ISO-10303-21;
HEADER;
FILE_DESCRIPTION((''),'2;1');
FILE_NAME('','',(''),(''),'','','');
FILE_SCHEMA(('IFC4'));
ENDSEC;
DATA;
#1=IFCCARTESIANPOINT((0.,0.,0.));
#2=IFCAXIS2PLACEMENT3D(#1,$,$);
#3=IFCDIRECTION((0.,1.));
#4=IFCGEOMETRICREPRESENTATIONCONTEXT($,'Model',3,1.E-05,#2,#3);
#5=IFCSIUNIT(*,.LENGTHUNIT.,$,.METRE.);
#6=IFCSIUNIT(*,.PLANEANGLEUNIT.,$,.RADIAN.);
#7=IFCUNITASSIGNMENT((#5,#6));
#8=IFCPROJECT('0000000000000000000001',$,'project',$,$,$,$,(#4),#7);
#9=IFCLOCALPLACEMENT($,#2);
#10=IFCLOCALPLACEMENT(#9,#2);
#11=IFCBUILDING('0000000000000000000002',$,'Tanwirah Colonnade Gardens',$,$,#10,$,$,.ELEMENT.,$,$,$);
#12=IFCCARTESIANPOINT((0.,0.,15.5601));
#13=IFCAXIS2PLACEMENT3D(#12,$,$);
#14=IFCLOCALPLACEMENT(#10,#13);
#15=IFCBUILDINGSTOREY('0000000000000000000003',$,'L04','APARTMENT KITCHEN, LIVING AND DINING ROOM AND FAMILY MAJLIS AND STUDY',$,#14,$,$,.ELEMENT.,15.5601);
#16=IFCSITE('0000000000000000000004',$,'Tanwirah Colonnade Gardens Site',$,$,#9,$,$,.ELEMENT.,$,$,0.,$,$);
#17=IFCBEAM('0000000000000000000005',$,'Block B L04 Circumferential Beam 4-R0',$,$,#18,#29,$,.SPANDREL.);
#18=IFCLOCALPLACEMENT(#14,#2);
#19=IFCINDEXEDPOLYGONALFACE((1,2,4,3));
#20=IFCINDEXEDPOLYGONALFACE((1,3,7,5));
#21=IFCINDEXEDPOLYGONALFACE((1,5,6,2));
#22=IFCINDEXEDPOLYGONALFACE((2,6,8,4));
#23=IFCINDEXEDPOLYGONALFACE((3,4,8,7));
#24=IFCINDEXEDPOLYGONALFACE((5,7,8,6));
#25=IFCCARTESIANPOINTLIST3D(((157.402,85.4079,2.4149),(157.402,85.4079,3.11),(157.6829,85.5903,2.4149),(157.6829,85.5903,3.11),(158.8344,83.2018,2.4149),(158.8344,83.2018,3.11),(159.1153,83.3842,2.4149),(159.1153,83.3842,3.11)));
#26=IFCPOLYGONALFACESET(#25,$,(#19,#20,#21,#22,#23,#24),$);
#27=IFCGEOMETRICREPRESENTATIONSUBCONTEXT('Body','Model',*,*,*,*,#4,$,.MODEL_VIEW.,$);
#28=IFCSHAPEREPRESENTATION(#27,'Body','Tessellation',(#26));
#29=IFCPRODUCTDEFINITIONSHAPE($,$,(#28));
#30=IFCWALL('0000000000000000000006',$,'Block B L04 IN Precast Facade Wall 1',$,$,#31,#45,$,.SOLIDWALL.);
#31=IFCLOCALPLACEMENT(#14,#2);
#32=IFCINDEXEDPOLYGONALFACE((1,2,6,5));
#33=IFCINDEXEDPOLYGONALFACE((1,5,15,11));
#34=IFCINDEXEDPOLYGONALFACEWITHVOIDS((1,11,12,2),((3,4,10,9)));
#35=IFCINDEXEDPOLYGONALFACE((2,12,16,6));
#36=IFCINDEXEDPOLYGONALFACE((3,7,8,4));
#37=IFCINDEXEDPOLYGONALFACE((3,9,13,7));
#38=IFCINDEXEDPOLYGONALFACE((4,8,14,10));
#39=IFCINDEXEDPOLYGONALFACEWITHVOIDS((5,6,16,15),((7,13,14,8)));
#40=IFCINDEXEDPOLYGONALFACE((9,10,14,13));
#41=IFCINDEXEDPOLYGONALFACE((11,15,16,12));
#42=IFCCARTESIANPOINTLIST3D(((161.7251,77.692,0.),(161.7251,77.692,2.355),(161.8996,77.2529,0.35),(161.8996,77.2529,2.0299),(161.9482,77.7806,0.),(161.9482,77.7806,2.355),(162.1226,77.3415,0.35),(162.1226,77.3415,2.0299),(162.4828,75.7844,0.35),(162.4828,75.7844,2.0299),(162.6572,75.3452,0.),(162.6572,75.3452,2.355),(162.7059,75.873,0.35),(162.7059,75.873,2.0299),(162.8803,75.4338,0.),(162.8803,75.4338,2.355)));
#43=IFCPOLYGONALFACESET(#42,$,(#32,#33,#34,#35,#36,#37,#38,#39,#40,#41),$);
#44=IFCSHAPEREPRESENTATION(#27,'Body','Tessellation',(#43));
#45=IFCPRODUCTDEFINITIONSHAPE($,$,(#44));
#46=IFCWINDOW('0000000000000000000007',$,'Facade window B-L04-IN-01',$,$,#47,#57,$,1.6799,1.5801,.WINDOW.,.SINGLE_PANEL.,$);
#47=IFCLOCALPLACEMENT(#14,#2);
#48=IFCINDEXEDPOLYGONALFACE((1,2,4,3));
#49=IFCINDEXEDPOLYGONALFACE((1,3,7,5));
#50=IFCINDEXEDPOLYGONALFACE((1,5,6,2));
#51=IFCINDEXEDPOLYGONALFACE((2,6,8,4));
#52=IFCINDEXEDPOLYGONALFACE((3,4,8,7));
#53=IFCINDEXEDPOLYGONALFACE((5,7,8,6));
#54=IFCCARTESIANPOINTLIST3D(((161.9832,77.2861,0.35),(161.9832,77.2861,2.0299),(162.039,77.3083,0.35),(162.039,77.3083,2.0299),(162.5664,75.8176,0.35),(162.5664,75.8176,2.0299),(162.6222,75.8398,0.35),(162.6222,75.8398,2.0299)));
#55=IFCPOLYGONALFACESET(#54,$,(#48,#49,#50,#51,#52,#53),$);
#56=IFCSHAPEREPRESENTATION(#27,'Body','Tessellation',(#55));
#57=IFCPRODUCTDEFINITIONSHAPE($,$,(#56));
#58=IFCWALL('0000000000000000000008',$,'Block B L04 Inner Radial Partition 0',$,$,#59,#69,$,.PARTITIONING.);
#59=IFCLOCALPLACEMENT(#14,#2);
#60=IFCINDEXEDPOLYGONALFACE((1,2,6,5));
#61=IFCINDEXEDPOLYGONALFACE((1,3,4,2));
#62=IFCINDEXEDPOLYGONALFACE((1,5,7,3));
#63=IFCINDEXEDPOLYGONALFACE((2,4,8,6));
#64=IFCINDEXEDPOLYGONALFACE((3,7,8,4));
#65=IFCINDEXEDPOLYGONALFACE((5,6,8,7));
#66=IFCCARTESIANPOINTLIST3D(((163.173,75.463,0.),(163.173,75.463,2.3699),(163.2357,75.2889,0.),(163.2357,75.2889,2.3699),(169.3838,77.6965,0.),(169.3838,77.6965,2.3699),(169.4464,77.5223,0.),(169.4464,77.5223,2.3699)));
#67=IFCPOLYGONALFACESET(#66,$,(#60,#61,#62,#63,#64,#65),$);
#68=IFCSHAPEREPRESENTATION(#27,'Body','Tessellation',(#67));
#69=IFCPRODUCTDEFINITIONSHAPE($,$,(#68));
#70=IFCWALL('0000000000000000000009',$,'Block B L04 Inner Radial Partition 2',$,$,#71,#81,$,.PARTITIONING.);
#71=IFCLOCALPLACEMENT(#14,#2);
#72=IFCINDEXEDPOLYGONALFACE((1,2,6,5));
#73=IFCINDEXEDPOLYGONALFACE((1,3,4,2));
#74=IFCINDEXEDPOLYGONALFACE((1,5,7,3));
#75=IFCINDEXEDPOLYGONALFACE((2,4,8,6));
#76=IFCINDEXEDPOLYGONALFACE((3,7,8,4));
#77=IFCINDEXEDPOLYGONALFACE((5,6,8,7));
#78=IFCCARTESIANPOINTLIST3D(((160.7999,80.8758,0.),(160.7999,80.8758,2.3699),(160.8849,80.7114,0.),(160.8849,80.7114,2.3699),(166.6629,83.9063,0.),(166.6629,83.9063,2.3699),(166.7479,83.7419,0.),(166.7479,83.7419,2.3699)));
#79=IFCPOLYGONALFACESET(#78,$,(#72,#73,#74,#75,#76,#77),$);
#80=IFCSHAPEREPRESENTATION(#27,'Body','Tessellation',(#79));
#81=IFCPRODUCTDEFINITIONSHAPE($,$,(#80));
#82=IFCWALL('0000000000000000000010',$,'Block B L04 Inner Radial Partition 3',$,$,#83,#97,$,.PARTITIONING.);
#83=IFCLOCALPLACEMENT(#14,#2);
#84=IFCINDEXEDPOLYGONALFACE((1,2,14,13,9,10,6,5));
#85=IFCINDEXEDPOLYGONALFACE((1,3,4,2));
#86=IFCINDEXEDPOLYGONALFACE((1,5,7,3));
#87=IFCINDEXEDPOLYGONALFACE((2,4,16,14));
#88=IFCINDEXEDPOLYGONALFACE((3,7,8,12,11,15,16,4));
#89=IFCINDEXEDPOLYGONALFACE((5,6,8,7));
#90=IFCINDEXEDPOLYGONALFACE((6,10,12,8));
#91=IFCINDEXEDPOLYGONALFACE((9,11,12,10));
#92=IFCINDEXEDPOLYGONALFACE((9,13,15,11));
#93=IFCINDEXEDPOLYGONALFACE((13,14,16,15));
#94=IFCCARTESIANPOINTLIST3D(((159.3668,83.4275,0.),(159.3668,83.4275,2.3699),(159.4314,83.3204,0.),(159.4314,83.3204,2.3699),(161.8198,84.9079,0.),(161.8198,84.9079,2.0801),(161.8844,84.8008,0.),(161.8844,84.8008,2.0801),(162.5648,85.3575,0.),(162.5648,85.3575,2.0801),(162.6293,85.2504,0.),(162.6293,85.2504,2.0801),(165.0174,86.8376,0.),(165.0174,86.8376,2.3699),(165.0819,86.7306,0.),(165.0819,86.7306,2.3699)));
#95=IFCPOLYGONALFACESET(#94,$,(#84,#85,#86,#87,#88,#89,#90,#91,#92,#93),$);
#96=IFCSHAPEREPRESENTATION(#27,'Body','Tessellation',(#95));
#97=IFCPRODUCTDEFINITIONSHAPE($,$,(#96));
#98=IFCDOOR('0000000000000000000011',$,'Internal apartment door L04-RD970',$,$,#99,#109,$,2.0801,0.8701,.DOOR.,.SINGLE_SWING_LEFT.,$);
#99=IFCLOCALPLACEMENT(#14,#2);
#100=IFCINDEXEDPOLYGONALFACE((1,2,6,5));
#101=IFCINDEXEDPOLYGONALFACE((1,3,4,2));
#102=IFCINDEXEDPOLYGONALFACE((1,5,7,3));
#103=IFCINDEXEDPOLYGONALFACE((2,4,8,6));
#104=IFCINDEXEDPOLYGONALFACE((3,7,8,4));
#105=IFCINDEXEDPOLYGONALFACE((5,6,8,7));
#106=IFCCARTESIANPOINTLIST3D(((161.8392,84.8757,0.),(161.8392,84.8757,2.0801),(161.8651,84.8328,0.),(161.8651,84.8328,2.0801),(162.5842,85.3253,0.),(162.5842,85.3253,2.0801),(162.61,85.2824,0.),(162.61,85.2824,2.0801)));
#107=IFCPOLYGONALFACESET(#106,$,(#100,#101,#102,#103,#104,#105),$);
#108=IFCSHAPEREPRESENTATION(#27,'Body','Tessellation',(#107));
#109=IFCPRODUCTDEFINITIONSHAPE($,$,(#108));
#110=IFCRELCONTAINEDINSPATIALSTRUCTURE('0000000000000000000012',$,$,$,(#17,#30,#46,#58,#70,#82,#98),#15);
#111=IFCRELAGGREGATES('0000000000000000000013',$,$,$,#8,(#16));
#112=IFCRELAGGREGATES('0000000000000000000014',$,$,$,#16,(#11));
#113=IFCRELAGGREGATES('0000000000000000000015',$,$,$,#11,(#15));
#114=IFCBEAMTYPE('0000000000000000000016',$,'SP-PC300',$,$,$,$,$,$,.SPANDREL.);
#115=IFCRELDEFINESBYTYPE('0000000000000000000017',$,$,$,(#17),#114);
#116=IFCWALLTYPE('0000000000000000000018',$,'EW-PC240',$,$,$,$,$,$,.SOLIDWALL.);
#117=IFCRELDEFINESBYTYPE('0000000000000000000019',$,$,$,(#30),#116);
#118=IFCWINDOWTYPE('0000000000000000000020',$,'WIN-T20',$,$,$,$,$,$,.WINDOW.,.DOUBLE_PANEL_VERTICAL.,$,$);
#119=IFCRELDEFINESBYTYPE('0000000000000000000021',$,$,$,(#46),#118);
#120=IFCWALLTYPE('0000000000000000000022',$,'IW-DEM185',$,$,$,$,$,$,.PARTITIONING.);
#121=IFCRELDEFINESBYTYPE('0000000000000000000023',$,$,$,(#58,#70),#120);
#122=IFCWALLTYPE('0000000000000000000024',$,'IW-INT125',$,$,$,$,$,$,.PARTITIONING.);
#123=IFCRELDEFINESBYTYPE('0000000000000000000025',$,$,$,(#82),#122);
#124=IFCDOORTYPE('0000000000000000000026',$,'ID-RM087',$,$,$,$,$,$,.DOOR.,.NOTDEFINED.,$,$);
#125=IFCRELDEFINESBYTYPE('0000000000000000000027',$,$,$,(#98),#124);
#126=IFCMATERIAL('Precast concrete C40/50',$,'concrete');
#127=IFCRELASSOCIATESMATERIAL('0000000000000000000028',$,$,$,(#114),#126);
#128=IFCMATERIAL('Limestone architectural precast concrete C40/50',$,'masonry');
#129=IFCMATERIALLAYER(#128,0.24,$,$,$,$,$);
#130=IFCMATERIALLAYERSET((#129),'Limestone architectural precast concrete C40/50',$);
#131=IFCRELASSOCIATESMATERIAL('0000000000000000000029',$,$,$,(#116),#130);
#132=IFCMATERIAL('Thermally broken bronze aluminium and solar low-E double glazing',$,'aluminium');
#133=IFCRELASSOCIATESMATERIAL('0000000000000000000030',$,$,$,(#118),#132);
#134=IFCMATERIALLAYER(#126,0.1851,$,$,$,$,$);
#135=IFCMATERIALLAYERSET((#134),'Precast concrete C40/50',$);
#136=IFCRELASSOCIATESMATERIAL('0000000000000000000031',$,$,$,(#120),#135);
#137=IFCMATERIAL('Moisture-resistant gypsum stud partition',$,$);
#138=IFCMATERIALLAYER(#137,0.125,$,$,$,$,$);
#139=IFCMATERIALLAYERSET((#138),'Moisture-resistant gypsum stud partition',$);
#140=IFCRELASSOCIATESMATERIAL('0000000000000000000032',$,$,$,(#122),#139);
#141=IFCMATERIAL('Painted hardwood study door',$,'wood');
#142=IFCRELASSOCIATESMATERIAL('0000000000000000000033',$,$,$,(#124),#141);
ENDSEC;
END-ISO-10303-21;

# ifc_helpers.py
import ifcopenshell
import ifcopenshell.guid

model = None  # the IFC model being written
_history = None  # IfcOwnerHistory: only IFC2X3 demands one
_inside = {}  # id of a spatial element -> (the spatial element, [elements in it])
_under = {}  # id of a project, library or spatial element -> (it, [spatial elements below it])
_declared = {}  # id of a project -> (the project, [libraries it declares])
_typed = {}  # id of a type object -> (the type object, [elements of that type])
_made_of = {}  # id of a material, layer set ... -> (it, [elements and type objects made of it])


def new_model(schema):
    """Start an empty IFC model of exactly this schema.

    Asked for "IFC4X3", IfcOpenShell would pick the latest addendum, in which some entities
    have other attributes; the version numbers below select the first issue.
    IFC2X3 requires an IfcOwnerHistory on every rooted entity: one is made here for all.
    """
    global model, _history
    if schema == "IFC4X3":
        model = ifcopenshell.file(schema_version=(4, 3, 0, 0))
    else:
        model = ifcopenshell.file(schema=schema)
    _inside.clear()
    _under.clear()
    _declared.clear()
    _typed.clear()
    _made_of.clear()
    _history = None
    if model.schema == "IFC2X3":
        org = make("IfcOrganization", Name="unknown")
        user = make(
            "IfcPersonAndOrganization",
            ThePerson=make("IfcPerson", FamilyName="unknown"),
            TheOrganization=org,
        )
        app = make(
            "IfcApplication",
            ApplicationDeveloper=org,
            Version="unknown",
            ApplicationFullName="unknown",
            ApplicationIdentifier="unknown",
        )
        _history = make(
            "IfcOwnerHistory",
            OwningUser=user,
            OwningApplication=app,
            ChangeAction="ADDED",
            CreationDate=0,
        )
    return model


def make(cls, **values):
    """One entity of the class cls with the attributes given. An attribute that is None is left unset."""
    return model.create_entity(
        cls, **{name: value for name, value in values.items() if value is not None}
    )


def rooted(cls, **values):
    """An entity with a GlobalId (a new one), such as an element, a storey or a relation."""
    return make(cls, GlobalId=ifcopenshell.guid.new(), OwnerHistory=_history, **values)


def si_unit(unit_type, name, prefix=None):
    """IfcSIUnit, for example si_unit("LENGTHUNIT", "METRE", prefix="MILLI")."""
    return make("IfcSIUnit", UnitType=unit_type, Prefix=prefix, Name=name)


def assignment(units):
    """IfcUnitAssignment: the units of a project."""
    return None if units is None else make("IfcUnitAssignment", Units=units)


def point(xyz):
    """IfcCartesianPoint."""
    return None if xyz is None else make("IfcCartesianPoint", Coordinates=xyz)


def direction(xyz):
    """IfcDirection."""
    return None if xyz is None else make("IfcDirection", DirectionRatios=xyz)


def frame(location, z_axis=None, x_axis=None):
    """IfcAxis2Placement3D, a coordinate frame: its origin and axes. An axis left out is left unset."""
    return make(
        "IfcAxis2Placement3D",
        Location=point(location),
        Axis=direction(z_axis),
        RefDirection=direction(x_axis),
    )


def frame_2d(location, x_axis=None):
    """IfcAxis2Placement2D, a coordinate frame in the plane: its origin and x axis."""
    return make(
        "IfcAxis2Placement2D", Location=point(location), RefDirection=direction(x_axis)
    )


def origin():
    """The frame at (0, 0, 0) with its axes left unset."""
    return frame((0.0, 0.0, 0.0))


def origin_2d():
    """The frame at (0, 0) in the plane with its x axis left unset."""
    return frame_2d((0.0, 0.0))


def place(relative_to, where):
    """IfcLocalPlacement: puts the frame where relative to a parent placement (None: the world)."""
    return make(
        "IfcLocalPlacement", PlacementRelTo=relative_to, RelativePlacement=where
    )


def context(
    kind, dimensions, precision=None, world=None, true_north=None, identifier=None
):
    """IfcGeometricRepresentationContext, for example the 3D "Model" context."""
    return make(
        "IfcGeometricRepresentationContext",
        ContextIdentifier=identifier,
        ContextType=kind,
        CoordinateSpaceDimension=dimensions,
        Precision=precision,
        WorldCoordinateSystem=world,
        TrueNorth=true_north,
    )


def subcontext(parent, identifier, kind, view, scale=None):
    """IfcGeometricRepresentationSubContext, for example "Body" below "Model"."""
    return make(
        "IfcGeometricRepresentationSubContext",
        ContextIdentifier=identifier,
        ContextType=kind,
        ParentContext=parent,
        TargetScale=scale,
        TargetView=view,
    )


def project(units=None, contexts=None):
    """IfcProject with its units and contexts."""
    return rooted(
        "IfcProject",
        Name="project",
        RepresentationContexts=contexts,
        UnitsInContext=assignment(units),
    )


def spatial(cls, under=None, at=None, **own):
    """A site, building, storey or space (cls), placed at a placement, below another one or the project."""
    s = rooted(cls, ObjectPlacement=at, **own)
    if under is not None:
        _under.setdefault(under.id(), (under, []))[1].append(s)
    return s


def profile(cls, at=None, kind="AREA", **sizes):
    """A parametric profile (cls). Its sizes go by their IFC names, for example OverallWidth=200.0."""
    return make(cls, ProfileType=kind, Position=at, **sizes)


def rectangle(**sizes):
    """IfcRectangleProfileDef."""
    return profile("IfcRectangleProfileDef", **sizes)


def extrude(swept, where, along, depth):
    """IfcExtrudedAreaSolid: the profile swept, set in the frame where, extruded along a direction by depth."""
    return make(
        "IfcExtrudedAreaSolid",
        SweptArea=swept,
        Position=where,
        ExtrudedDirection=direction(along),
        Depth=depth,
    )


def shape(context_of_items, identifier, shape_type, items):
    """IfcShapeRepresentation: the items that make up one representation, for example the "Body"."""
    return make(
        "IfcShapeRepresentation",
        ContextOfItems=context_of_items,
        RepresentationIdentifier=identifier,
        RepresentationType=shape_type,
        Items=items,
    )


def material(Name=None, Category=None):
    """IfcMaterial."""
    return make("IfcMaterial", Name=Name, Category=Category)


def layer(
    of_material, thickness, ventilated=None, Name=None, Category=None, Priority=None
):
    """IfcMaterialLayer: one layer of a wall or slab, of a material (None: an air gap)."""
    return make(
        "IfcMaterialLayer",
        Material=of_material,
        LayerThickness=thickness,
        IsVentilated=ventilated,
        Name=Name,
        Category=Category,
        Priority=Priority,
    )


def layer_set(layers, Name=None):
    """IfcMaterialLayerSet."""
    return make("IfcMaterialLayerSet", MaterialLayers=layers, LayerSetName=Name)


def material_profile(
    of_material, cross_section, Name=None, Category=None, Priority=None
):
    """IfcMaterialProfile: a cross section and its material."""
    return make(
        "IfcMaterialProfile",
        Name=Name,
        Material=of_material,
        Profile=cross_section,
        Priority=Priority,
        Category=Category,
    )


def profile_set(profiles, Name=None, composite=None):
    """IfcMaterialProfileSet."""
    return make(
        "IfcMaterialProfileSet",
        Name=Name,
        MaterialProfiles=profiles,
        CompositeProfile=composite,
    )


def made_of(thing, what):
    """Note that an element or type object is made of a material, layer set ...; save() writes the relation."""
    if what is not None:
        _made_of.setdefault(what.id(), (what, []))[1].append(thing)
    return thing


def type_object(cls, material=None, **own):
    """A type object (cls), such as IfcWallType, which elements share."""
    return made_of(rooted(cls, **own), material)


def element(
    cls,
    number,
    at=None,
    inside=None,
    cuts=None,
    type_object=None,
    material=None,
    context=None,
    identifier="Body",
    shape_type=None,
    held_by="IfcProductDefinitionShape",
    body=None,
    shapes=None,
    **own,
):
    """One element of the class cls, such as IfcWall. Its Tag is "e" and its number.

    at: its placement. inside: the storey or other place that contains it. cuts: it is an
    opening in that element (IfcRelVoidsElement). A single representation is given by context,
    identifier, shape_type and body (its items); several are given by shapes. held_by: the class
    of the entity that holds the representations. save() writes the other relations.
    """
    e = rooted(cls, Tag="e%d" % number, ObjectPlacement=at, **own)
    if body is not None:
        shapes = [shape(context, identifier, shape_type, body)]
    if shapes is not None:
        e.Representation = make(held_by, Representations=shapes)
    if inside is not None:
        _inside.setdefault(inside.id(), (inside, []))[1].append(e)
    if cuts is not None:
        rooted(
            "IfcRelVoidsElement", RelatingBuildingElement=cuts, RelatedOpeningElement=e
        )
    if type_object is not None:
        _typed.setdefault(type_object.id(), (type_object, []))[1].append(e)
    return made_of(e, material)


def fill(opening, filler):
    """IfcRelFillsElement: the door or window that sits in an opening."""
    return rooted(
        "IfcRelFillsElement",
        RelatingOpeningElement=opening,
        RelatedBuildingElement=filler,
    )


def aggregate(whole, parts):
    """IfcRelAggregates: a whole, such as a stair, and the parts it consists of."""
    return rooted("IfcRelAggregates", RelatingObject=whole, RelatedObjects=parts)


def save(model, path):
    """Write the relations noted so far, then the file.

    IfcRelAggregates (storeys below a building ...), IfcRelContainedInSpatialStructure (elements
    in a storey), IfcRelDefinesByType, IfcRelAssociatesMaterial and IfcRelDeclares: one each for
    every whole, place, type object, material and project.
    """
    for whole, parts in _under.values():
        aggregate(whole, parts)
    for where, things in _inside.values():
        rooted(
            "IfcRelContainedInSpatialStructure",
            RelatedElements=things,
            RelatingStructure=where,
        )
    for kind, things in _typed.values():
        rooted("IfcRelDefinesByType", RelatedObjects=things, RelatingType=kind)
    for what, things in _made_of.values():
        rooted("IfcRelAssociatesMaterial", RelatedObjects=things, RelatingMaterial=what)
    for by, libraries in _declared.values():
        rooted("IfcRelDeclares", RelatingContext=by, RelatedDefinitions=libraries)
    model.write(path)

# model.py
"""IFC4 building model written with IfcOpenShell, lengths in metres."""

from ifc_helpers import new_model, si_unit, direction, frame, frame_2d, origin, origin_2d, place, context, subcontext, project, spatial, rectangle, extrude, material, layer, layer_set, material_profile, profile_set, type_object, element, fill, save


model = new_model("IFC4")

# Units and contexts
model_context = context("Model", 3, precision=1e-05, world=origin(), true_north=direction((0.0, 1.0)))
body_context = subcontext(model_context, "Body", "Model", "MODEL_VIEW")
ifc_project = project(units=[si_unit("LENGTHUNIT", "METRE"), si_unit("PLANEANGLEUNIT", "RADIAN")], contexts=[model_context])

# Site, building, storey
site_placement = place(None, origin())
site = spatial("IfcSite", under=ifc_project, at=site_placement, Name="Tanwirah Colonnade Gardens Site", CompositionType="ELEMENT", RefElevation=0.0)
building_placement = place(site_placement, origin())
building = spatial("IfcBuilding", under=site, at=building_placement, Name="Tanwirah Colonnade Gardens", CompositionType="ELEMENT")
storey_placement = place(building_placement, frame((0.0, 0.0, 15.5601)))
storey = spatial("IfcBuildingStorey", under=building, at=storey_placement, Name="L04", Description="APARTMENT KITCHEN, LIVING AND DINING ROOM AND FAMILY MAJLIS AND STUDY", CompositionType="ELEMENT", Elevation=15.5601)

# Shared definitions
ifc_material_1 = material(Name="Precast concrete C40/50", Category="concrete")

# Beam
ifc_material_profile_1 = material_profile(ifc_material_1, rectangle(XDim=0.335, YDim=0.6951, at=origin_2d()), Name="PC-SP 335x695")
ifc_profile_set_1 = profile_set([ifc_material_profile_1], Name="Precast concrete C40/50")
beam_type_1 = type_object("IfcBeamType", Name="SP-PC300", PredefinedType="SPANDREL", material=ifc_profile_set_1)
beam_1_placement = place(storey_placement, frame((158.9749, 83.293, 2.7625), z_axis=(-0.544571, 0.838715, 0.0), x_axis=(-0.838715, -0.544571, 0.0)))
element("IfcBeam", 1, at=beam_1_placement, inside=storey, type_object=beam_type_1, Name="Block B L04 Circumferential Beam 4-R0", PredefinedType="SPANDREL", context=body_context, shape_type="SweptSolid", body=[
    extrude(rectangle(XDim=0.335, YDim=0.6951, at=origin_2d()), origin(), (0.0, 0.0, 1.0), 2.6304),
])

# Wall, opening, window
ifc_material_2 = material(Name="Limestone architectural precast concrete C40/50", Category="masonry")
ifc_layer_1 = layer(ifc_material_2, 0.24)
ifc_layer_set_1 = layer_set([ifc_layer_1], Name="Limestone architectural precast concrete C40/50")
wall_type_1 = type_object("IfcWallType", Name="EW-PC240", PredefinedType="SOLIDWALL", material=ifc_layer_set_1)
wall_1_placement = place(storey_placement, frame((162.7688, 75.3894, 0.0), z_axis=(0.0, 0.0, 1.0), x_axis=(-0.369123, 0.929381, 0.0)))
wall_1 = element("IfcWall", 2, at=wall_1_placement, inside=storey, type_object=wall_type_1, Name="Block B L04 IN Precast Facade Wall 1", PredefinedType="SOLIDWALL", context=body_context, shape_type="SweptSolid", body=[
    extrude(rectangle(XDim=2.5251, YDim=0.24, at=frame_2d((1.2627, 0.0))), origin(), (0.0, 0.0, 1.0), 2.355),
])
opening_1_placement = place(wall_1_placement, frame((0.4727, 0.0, 0.3501)))
opening_1 = element("IfcOpeningElement", 3, at=opening_1_placement, cuts=wall_1, PredefinedType="OPENING", context=body_context, shape_type="SweptSolid", body=[
    extrude(rectangle(XDim=1.5801, YDim=1.6799, at=frame_2d((0.79, 0.8398))), frame((0.0, 0.1299, 0.0), z_axis=(0.0, -1.0, 0.0), x_axis=(1.0, 0.0, 0.0)), (0.0, 0.0, 1.0), 0.26),
])
ifc_material_3 = material(Name="Thermally broken bronze aluminium and solar low-E double glazing", Category="aluminium")
window_type = type_object("IfcWindowType", Name="WIN-T20", PartitioningType="DOUBLE_PANEL_VERTICAL", PredefinedType="WINDOW", material=ifc_material_3)
window_placement = place(opening_1_placement, origin())
window = element("IfcWindow", 4, at=window_placement, inside=storey, type_object=window_type, Name="Facade window B-L04-IN-01", OverallHeight=1.6799, OverallWidth=1.5801, PartitioningType="SINGLE_PANEL", PredefinedType="WINDOW", context=body_context, shape_type="SweptSolid", body=[
    extrude(rectangle(XDim=1.5801, YDim=1.6799, at=frame_2d((0.79, 0.8398))), frame((0.0, 0.03, 0.0), z_axis=(0.0, -1.0, 0.0), x_axis=(1.0, 0.0, 0.0)), (0.0, 0.0, 1.0), 0.0601),
])
fill(opening_1, window)

# Walls
ifc_layer_2 = layer(ifc_material_1, 0.1851)
ifc_layer_set_2 = layer_set([ifc_layer_2], Name="Precast concrete C40/50")
wall_type_2 = type_object("IfcWallType", Name="IW-DEM185", PredefinedType="PARTITIONING", material=ifc_layer_set_2)
wall_2_placement = place(storey_placement, frame((163.2043, 75.376, 0.0), z_axis=(0.0, 0.0, 1.0), x_axis=(0.941006, 0.338391, 0.0)))
element("IfcWall", 5, at=wall_2_placement, inside=storey, type_object=wall_type_2, Name="Block B L04 Inner Radial Partition 0", PredefinedType="PARTITIONING", context=body_context, shape_type="SweptSolid", body=[
    extrude(rectangle(XDim=6.6001, YDim=0.1851, at=frame_2d((3.3, 0.0))), origin(), (0.0, 0.0, 1.0), 2.3699),
])
wall_3_placement = place(storey_placement, frame((160.8425, 80.7937, 0.0), z_axis=(0.0, 0.0, 1.0), x_axis=(0.888347, 0.459173, 0.0)))
element("IfcWall", 6, at=wall_3_placement, inside=storey, type_object=wall_type_2, Name="Block B L04 Inner Radial Partition 2", PredefinedType="PARTITIONING", context=body_context, shape_type="SweptSolid", body=[
    extrude(rectangle(XDim=6.5999, YDim=0.1851, at=frame_2d((3.2998, 0.0))), origin(), (0.0, 0.0, 1.0), 2.3699),
])

# Wall, opening, door
ifc_material_4 = material(Name="Moisture-resistant gypsum stud partition")
ifc_layer_3 = layer(ifc_material_4, 0.125)
ifc_layer_set_3 = layer_set([ifc_layer_3], Name="Moisture-resistant gypsum stud partition")
wall_type_3 = type_object("IfcWallType", Name="IW-INT125", PredefinedType="PARTITIONING", material=ifc_layer_set_3)
wall_4_placement = place(storey_placement, frame((159.3992, 83.374, 0.0), z_axis=(0.0, 0.0, 1.0), x_axis=(0.856168, 0.516697, 0.0)))
wall_4 = element("IfcWall", 7, at=wall_4_placement, inside=storey, type_object=wall_type_3, Name="Block B L04 Inner Radial Partition 3", PredefinedType="PARTITIONING", context=body_context, shape_type="SweptSolid", body=[
    extrude(rectangle(XDim=6.5999, YDim=0.125, at=frame_2d((3.2998, 0.0))), origin(), (0.0, 0.0, 1.0), 2.3699),
])
opening_2_placement = place(wall_4_placement, frame((2.865, 0.0, 0.0)))
opening_2 = element("IfcOpeningElement", 8, at=opening_2_placement, cuts=wall_4, PredefinedType="OPENING", context=body_context, shape_type="SweptSolid", body=[
    extrude(rectangle(XDim=0.8701, YDim=2.0801, at=frame_2d((0.4351, 1.04))), frame((0.0, 0.0725, 0.0), z_axis=(0.0, -1.0, 0.0), x_axis=(1.0, 0.0, 0.0)), (0.0, 0.0, 1.0), 0.145),
])
ifc_material_5 = material(Name="Painted hardwood study door", Category="wood")
door_type_1 = type_object("IfcDoorType", Name="ID-RM087", OperationType="NOTDEFINED", PredefinedType="DOOR", material=ifc_material_5)
door_1_placement = place(opening_2_placement, origin())
door_1 = element("IfcDoor", 9, at=door_1_placement, inside=storey, type_object=door_type_1, Name="Internal apartment door L04-RD970", OperationType="SINGLE_SWING_LEFT", OverallHeight=2.0801, OverallWidth=0.8701, PredefinedType="DOOR", context=body_context, shape_type="SweptSolid", body=[
    extrude(rectangle(XDim=0.8701, YDim=2.0801, at=frame_2d((0.4351, 1.04))), frame((0.0, 0.0249, 0.0), z_axis=(0.0, -1.0, 0.0), x_axis=(1.0, 0.0, 0.0)), (0.0, 0.0, 1.0), 0.05),
])
fill(opening_2, door_1)

save(model, "model.ifc")
